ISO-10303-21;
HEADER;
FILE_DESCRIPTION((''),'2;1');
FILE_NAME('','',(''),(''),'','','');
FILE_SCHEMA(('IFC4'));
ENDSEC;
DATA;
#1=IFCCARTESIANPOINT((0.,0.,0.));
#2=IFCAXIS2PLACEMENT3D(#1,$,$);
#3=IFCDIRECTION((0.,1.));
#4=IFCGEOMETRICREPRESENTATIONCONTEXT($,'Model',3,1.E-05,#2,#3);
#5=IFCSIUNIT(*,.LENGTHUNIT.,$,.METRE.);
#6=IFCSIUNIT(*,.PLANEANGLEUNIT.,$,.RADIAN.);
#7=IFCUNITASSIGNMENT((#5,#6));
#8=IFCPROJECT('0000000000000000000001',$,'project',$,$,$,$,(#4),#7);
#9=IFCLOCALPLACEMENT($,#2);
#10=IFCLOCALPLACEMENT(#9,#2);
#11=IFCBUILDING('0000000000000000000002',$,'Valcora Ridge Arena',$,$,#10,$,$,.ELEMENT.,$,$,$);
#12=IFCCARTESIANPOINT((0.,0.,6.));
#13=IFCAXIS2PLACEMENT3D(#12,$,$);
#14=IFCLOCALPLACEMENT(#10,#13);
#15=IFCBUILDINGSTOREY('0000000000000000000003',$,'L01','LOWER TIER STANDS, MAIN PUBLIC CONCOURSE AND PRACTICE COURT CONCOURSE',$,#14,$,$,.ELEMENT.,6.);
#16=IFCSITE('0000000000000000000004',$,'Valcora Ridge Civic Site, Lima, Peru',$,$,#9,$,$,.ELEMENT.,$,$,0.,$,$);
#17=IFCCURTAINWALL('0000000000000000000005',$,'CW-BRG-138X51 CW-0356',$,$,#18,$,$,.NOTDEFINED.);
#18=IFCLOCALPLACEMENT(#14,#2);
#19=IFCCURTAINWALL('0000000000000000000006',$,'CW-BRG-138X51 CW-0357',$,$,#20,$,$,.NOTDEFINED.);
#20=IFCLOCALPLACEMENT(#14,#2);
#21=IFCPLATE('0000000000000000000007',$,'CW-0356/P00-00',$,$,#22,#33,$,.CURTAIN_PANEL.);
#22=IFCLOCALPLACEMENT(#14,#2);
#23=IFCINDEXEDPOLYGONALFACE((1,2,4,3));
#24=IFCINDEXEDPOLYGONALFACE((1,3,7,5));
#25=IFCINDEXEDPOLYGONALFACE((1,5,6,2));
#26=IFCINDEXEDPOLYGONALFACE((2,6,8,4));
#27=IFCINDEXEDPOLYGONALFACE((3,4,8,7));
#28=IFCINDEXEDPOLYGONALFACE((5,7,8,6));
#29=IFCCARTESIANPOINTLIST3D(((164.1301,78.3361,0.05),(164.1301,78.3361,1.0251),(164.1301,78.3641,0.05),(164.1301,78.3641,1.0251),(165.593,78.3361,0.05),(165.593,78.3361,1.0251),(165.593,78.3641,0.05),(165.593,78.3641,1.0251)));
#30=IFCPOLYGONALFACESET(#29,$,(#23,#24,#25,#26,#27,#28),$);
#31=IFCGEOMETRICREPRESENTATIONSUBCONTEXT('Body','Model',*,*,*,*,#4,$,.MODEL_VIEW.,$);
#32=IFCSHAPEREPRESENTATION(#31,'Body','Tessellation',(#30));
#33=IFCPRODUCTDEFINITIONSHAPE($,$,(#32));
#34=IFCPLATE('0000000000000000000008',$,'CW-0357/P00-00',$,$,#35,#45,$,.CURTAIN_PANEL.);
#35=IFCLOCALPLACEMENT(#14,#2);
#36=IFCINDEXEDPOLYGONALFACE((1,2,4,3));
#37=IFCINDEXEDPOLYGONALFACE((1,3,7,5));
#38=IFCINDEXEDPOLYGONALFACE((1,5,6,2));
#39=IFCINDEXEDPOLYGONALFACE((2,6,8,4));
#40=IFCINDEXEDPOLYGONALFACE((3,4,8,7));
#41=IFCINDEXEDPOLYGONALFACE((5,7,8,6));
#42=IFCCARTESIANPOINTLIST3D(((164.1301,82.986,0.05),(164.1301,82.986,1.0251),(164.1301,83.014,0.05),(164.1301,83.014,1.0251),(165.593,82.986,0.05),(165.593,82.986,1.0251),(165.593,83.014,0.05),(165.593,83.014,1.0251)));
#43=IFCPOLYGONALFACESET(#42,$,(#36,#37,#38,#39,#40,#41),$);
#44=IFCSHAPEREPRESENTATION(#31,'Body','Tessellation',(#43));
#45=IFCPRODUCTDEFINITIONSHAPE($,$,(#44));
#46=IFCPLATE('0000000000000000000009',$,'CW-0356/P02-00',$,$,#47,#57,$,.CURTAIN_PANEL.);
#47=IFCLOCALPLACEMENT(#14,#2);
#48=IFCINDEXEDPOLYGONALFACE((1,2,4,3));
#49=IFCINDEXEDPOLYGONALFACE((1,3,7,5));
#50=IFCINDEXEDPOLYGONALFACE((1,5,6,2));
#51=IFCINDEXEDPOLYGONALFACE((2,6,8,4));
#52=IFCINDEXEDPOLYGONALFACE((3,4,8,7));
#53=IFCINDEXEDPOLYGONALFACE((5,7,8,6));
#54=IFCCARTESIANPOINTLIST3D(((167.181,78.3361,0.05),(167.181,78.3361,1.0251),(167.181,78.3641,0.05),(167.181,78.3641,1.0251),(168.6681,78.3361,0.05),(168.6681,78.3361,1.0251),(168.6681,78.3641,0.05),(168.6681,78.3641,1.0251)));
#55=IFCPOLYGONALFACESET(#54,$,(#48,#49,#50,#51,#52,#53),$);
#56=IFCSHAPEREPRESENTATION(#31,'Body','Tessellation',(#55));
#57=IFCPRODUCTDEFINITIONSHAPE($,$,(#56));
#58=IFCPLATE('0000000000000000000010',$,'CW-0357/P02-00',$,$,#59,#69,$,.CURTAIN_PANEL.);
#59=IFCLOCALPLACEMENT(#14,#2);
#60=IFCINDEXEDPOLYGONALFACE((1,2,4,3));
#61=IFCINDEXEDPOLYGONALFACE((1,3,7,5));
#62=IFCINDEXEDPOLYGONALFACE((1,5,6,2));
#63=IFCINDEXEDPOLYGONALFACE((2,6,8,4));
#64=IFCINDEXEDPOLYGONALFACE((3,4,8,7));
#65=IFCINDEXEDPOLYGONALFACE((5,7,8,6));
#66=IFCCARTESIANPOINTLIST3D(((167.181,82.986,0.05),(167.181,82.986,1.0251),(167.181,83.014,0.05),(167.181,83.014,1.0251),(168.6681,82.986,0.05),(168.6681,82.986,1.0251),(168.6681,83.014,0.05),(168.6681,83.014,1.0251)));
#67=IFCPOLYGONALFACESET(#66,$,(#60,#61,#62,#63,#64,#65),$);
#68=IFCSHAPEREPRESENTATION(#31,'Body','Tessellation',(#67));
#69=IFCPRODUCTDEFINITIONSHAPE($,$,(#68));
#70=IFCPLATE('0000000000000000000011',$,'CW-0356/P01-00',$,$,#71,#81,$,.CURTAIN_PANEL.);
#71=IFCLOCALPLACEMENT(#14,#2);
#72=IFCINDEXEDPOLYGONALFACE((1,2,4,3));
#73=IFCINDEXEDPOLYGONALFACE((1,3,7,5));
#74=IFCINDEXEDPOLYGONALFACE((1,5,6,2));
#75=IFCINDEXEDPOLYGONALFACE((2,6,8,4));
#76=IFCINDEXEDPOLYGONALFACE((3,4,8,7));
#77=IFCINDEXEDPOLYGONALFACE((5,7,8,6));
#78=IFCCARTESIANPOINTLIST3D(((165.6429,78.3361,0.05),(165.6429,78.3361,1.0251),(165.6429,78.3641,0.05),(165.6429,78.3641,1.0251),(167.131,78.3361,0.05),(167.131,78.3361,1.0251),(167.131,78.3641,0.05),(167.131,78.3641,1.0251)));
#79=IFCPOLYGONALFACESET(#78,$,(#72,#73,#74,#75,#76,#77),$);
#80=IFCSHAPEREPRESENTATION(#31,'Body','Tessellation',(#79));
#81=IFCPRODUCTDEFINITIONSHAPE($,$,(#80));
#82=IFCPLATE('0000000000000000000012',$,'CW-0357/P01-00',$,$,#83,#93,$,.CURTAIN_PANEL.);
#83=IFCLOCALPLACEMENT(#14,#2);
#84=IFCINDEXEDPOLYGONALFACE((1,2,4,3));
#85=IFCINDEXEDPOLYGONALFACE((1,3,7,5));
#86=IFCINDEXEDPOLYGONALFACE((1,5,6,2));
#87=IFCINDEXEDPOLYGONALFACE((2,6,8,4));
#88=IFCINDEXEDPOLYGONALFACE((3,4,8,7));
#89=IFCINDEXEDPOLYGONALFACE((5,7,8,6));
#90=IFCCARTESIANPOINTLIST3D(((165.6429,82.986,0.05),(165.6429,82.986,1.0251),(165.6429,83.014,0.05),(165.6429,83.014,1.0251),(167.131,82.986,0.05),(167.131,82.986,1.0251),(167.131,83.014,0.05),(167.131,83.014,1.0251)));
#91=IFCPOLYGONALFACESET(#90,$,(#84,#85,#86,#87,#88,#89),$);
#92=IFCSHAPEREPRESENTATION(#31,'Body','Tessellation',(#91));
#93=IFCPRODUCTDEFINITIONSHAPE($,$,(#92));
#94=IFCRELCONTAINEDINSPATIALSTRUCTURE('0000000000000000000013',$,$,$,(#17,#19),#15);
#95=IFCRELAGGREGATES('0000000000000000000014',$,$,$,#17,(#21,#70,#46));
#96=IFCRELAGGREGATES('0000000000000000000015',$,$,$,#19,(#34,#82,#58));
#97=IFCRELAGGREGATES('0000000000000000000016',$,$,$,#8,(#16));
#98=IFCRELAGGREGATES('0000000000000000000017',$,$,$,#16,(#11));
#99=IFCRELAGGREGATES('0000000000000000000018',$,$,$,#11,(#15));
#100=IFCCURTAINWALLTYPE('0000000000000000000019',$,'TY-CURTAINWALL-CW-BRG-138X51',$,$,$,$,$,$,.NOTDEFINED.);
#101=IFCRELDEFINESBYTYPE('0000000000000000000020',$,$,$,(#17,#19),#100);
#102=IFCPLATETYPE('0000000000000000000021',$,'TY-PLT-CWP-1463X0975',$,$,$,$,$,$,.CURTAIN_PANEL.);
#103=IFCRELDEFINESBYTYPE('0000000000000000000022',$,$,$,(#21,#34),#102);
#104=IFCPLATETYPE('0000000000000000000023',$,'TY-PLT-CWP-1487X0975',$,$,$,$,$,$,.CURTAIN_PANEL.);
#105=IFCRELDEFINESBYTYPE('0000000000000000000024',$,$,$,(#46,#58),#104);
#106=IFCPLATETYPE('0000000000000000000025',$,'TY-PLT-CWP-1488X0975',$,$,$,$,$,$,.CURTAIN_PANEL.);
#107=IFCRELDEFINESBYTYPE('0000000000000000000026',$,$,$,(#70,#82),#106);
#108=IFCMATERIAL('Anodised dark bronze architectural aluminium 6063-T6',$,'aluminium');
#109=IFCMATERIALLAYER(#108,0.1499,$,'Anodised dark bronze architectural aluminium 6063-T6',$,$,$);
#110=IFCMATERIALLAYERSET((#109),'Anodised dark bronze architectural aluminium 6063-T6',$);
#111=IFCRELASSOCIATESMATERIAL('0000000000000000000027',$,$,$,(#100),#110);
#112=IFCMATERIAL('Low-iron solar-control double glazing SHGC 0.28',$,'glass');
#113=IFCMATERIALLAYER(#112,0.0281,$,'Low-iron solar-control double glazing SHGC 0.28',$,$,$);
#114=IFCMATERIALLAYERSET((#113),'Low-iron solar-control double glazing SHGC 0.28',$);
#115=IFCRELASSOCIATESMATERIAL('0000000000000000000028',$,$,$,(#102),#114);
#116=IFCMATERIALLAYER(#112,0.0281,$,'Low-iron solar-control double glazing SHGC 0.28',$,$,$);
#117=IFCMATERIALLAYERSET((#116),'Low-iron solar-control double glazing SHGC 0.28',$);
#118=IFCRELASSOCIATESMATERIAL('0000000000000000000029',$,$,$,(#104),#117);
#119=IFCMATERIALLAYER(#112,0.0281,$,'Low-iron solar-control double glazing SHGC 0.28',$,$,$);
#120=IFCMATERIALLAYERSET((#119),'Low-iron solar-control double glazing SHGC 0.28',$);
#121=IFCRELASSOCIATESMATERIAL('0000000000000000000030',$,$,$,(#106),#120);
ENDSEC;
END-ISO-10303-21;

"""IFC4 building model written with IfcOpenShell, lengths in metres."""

from ifc_helpers import new_model, si_unit, direction, frame, origin, origin_2d, place, context, subcontext, project, spatial, rectangle, extrude, material, layer, layer_set, type_object, element, aggregate, save


model = new_model("IFC4")

# Units and contexts
model_context = context("Model", 3, precision=1e-05, world=origin(), true_north=direction((0.0, 1.0)))
body_context = subcontext(model_context, "Body", "Model", "MODEL_VIEW")
ifc_project = project(units=[si_unit("LENGTHUNIT", "METRE"), si_unit("PLANEANGLEUNIT", "RADIAN")], contexts=[model_context])

# Site, building, storey
site_placement = place(None, origin())
site = spatial("IfcSite", under=ifc_project, at=site_placement, Name="Valcora Ridge Civic Site, Lima, Peru", CompositionType="ELEMENT", RefElevation=0.0)
building_placement = place(site_placement, origin())
building = spatial("IfcBuilding", under=site, at=building_placement, Name="Valcora Ridge Arena", CompositionType="ELEMENT")
storey_placement = place(building_placement, frame((0.0, 0.0, 6.0)))
storey = spatial("IfcBuildingStorey", under=building, at=storey_placement, Name="L01", Description="LOWER TIER STANDS, MAIN PUBLIC CONCOURSE AND PRACTICE COURT CONCOURSE", CompositionType="ELEMENT", Elevation=6.0)

# Curtain walls
ifc_material_1 = material(Name="Anodised dark bronze architectural aluminium 6063-T6", Category="aluminium")
ifc_layer_1 = layer(ifc_material_1, 0.1499, Name="Anodised dark bronze architectural aluminium 6063-T6")
ifc_layer_set_1 = layer_set([ifc_layer_1], Name="Anodised dark bronze architectural aluminium 6063-T6")
curtain_wall_type = type_object("IfcCurtainWallType", Name="TY-CURTAINWALL-CW-BRG-138X51", PredefinedType="NOTDEFINED", material=ifc_layer_set_1)
curtain_wall_1_placement = place(storey_placement, origin())
curtain_wall_1 = element("IfcCurtainWall", 1, at=curtain_wall_1_placement, inside=storey, type_object=curtain_wall_type, Name="CW-BRG-138X51 CW-0356", PredefinedType="NOTDEFINED")
curtain_wall_2_placement = place(storey_placement, origin())
curtain_wall_2 = element("IfcCurtainWall", 2, at=curtain_wall_2_placement, inside=storey, type_object=curtain_wall_type, Name="CW-BRG-138X51 CW-0357", PredefinedType="NOTDEFINED")

# Plates
ifc_material_2 = material(Name="Low-iron solar-control double glazing SHGC 0.28", Category="glass")
ifc_layer_2 = layer(ifc_material_2, 0.0281, Name="Low-iron solar-control double glazing SHGC 0.28")
ifc_layer_set_2 = layer_set([ifc_layer_2], Name="Low-iron solar-control double glazing SHGC 0.28")
plate_type_1 = type_object("IfcPlateType", Name="TY-PLT-CWP-1463X0975", PredefinedType="CURTAIN_PANEL", material=ifc_layer_set_2)
plate_1_placement = place(storey_placement, frame((164.8616, 78.3501, 0.05), z_axis=(0.0, 0.0, 1.0), x_axis=(1.0, 0.0, 0.0)))
plate_1 = element("IfcPlate", 3, at=plate_1_placement, type_object=plate_type_1, Name="CW-0356/P00-00", PredefinedType="CURTAIN_PANEL", context=body_context, shape_type="SweptSolid", body=[
    extrude(rectangle(XDim=1.4629, YDim=0.0281, at=origin_2d()), origin(), (0.0, 0.0, 1.0), 0.9751),
])
plate_2_placement = place(storey_placement, frame((164.8616, 83.0, 0.05), z_axis=(0.0, 0.0, 1.0), x_axis=(1.0, 0.0, 0.0)))
plate_2 = element("IfcPlate", 4, at=plate_2_placement, type_object=plate_type_1, Name="CW-0357/P00-00", PredefinedType="CURTAIN_PANEL", context=body_context, shape_type="SweptSolid", body=[
    extrude(rectangle(XDim=1.4629, YDim=0.0281, at=origin_2d()), origin(), (0.0, 0.0, 1.0), 0.9751),
])
ifc_layer_3 = layer(ifc_material_2, 0.0281, Name="Low-iron solar-control double glazing SHGC 0.28")
ifc_layer_set_3 = layer_set([ifc_layer_3], Name="Low-iron solar-control double glazing SHGC 0.28")
plate_type_2 = type_object("IfcPlateType", Name="TY-PLT-CWP-1487X0975", PredefinedType="CURTAIN_PANEL", material=ifc_layer_set_3)
plate_3_placement = place(storey_placement, frame((167.9246, 78.3501, 0.05), z_axis=(0.0, 0.0, 1.0), x_axis=(1.0, 0.0, 0.0)))
plate_3 = element("IfcPlate", 5, at=plate_3_placement, type_object=plate_type_2, Name="CW-0356/P02-00", PredefinedType="CURTAIN_PANEL", context=body_context, shape_type="SweptSolid", body=[
    extrude(rectangle(XDim=1.4871, YDim=0.0281, at=origin_2d()), origin(), (0.0, 0.0, 1.0), 0.9751),
])
plate_4_placement = place(storey_placement, frame((167.9246, 83.0, 0.05), z_axis=(0.0, 0.0, 1.0), x_axis=(1.0, 0.0, 0.0)))
plate_4 = element("IfcPlate", 6, at=plate_4_placement, type_object=plate_type_2, Name="CW-0357/P02-00", PredefinedType="CURTAIN_PANEL", context=body_context, shape_type="SweptSolid", body=[
    extrude(rectangle(XDim=1.4871, YDim=0.0281, at=origin_2d()), origin(), (0.0, 0.0, 1.0), 0.9751),
])
ifc_layer_4 = layer(ifc_material_2, 0.0281, Name="Low-iron solar-control double glazing SHGC 0.28")
ifc_layer_set_4 = layer_set([ifc_layer_4], Name="Low-iron solar-control double glazing SHGC 0.28")
plate_type_3 = type_object("IfcPlateType", Name="TY-PLT-CWP-1488X0975", PredefinedType="CURTAIN_PANEL", material=ifc_layer_set_4)
plate_5_placement = place(storey_placement, frame((166.387, 78.3501, 0.05), z_axis=(0.0, 0.0, 1.0), x_axis=(1.0, 0.0, 0.0)))
plate_5 = element("IfcPlate", 7, at=plate_5_placement, type_object=plate_type_3, Name="CW-0356/P01-00", PredefinedType="CURTAIN_PANEL", context=body_context, shape_type="SweptSolid", body=[
    extrude(rectangle(XDim=1.488, YDim=0.0281, at=origin_2d()), origin(), (0.0, 0.0, 1.0), 0.9751),
])
aggregate(curtain_wall_1, [plate_1, plate_5, plate_3])
plate_6_placement = place(storey_placement, frame((166.387, 83.0, 0.05), z_axis=(0.0, 0.0, 1.0), x_axis=(1.0, 0.0, 0.0)))
plate_6 = element("IfcPlate", 8, at=plate_6_placement, type_object=plate_type_3, Name="CW-0357/P01-00", PredefinedType="CURTAIN_PANEL", context=body_context, shape_type="SweptSolid", body=[
    extrude(rectangle(XDim=1.488, YDim=0.0281, at=origin_2d()), origin(), (0.0, 0.0, 1.0), 0.9751),
])
aggregate(curtain_wall_2, [plate_2, plate_6, plate_4])

save(model, "model.ifc")
